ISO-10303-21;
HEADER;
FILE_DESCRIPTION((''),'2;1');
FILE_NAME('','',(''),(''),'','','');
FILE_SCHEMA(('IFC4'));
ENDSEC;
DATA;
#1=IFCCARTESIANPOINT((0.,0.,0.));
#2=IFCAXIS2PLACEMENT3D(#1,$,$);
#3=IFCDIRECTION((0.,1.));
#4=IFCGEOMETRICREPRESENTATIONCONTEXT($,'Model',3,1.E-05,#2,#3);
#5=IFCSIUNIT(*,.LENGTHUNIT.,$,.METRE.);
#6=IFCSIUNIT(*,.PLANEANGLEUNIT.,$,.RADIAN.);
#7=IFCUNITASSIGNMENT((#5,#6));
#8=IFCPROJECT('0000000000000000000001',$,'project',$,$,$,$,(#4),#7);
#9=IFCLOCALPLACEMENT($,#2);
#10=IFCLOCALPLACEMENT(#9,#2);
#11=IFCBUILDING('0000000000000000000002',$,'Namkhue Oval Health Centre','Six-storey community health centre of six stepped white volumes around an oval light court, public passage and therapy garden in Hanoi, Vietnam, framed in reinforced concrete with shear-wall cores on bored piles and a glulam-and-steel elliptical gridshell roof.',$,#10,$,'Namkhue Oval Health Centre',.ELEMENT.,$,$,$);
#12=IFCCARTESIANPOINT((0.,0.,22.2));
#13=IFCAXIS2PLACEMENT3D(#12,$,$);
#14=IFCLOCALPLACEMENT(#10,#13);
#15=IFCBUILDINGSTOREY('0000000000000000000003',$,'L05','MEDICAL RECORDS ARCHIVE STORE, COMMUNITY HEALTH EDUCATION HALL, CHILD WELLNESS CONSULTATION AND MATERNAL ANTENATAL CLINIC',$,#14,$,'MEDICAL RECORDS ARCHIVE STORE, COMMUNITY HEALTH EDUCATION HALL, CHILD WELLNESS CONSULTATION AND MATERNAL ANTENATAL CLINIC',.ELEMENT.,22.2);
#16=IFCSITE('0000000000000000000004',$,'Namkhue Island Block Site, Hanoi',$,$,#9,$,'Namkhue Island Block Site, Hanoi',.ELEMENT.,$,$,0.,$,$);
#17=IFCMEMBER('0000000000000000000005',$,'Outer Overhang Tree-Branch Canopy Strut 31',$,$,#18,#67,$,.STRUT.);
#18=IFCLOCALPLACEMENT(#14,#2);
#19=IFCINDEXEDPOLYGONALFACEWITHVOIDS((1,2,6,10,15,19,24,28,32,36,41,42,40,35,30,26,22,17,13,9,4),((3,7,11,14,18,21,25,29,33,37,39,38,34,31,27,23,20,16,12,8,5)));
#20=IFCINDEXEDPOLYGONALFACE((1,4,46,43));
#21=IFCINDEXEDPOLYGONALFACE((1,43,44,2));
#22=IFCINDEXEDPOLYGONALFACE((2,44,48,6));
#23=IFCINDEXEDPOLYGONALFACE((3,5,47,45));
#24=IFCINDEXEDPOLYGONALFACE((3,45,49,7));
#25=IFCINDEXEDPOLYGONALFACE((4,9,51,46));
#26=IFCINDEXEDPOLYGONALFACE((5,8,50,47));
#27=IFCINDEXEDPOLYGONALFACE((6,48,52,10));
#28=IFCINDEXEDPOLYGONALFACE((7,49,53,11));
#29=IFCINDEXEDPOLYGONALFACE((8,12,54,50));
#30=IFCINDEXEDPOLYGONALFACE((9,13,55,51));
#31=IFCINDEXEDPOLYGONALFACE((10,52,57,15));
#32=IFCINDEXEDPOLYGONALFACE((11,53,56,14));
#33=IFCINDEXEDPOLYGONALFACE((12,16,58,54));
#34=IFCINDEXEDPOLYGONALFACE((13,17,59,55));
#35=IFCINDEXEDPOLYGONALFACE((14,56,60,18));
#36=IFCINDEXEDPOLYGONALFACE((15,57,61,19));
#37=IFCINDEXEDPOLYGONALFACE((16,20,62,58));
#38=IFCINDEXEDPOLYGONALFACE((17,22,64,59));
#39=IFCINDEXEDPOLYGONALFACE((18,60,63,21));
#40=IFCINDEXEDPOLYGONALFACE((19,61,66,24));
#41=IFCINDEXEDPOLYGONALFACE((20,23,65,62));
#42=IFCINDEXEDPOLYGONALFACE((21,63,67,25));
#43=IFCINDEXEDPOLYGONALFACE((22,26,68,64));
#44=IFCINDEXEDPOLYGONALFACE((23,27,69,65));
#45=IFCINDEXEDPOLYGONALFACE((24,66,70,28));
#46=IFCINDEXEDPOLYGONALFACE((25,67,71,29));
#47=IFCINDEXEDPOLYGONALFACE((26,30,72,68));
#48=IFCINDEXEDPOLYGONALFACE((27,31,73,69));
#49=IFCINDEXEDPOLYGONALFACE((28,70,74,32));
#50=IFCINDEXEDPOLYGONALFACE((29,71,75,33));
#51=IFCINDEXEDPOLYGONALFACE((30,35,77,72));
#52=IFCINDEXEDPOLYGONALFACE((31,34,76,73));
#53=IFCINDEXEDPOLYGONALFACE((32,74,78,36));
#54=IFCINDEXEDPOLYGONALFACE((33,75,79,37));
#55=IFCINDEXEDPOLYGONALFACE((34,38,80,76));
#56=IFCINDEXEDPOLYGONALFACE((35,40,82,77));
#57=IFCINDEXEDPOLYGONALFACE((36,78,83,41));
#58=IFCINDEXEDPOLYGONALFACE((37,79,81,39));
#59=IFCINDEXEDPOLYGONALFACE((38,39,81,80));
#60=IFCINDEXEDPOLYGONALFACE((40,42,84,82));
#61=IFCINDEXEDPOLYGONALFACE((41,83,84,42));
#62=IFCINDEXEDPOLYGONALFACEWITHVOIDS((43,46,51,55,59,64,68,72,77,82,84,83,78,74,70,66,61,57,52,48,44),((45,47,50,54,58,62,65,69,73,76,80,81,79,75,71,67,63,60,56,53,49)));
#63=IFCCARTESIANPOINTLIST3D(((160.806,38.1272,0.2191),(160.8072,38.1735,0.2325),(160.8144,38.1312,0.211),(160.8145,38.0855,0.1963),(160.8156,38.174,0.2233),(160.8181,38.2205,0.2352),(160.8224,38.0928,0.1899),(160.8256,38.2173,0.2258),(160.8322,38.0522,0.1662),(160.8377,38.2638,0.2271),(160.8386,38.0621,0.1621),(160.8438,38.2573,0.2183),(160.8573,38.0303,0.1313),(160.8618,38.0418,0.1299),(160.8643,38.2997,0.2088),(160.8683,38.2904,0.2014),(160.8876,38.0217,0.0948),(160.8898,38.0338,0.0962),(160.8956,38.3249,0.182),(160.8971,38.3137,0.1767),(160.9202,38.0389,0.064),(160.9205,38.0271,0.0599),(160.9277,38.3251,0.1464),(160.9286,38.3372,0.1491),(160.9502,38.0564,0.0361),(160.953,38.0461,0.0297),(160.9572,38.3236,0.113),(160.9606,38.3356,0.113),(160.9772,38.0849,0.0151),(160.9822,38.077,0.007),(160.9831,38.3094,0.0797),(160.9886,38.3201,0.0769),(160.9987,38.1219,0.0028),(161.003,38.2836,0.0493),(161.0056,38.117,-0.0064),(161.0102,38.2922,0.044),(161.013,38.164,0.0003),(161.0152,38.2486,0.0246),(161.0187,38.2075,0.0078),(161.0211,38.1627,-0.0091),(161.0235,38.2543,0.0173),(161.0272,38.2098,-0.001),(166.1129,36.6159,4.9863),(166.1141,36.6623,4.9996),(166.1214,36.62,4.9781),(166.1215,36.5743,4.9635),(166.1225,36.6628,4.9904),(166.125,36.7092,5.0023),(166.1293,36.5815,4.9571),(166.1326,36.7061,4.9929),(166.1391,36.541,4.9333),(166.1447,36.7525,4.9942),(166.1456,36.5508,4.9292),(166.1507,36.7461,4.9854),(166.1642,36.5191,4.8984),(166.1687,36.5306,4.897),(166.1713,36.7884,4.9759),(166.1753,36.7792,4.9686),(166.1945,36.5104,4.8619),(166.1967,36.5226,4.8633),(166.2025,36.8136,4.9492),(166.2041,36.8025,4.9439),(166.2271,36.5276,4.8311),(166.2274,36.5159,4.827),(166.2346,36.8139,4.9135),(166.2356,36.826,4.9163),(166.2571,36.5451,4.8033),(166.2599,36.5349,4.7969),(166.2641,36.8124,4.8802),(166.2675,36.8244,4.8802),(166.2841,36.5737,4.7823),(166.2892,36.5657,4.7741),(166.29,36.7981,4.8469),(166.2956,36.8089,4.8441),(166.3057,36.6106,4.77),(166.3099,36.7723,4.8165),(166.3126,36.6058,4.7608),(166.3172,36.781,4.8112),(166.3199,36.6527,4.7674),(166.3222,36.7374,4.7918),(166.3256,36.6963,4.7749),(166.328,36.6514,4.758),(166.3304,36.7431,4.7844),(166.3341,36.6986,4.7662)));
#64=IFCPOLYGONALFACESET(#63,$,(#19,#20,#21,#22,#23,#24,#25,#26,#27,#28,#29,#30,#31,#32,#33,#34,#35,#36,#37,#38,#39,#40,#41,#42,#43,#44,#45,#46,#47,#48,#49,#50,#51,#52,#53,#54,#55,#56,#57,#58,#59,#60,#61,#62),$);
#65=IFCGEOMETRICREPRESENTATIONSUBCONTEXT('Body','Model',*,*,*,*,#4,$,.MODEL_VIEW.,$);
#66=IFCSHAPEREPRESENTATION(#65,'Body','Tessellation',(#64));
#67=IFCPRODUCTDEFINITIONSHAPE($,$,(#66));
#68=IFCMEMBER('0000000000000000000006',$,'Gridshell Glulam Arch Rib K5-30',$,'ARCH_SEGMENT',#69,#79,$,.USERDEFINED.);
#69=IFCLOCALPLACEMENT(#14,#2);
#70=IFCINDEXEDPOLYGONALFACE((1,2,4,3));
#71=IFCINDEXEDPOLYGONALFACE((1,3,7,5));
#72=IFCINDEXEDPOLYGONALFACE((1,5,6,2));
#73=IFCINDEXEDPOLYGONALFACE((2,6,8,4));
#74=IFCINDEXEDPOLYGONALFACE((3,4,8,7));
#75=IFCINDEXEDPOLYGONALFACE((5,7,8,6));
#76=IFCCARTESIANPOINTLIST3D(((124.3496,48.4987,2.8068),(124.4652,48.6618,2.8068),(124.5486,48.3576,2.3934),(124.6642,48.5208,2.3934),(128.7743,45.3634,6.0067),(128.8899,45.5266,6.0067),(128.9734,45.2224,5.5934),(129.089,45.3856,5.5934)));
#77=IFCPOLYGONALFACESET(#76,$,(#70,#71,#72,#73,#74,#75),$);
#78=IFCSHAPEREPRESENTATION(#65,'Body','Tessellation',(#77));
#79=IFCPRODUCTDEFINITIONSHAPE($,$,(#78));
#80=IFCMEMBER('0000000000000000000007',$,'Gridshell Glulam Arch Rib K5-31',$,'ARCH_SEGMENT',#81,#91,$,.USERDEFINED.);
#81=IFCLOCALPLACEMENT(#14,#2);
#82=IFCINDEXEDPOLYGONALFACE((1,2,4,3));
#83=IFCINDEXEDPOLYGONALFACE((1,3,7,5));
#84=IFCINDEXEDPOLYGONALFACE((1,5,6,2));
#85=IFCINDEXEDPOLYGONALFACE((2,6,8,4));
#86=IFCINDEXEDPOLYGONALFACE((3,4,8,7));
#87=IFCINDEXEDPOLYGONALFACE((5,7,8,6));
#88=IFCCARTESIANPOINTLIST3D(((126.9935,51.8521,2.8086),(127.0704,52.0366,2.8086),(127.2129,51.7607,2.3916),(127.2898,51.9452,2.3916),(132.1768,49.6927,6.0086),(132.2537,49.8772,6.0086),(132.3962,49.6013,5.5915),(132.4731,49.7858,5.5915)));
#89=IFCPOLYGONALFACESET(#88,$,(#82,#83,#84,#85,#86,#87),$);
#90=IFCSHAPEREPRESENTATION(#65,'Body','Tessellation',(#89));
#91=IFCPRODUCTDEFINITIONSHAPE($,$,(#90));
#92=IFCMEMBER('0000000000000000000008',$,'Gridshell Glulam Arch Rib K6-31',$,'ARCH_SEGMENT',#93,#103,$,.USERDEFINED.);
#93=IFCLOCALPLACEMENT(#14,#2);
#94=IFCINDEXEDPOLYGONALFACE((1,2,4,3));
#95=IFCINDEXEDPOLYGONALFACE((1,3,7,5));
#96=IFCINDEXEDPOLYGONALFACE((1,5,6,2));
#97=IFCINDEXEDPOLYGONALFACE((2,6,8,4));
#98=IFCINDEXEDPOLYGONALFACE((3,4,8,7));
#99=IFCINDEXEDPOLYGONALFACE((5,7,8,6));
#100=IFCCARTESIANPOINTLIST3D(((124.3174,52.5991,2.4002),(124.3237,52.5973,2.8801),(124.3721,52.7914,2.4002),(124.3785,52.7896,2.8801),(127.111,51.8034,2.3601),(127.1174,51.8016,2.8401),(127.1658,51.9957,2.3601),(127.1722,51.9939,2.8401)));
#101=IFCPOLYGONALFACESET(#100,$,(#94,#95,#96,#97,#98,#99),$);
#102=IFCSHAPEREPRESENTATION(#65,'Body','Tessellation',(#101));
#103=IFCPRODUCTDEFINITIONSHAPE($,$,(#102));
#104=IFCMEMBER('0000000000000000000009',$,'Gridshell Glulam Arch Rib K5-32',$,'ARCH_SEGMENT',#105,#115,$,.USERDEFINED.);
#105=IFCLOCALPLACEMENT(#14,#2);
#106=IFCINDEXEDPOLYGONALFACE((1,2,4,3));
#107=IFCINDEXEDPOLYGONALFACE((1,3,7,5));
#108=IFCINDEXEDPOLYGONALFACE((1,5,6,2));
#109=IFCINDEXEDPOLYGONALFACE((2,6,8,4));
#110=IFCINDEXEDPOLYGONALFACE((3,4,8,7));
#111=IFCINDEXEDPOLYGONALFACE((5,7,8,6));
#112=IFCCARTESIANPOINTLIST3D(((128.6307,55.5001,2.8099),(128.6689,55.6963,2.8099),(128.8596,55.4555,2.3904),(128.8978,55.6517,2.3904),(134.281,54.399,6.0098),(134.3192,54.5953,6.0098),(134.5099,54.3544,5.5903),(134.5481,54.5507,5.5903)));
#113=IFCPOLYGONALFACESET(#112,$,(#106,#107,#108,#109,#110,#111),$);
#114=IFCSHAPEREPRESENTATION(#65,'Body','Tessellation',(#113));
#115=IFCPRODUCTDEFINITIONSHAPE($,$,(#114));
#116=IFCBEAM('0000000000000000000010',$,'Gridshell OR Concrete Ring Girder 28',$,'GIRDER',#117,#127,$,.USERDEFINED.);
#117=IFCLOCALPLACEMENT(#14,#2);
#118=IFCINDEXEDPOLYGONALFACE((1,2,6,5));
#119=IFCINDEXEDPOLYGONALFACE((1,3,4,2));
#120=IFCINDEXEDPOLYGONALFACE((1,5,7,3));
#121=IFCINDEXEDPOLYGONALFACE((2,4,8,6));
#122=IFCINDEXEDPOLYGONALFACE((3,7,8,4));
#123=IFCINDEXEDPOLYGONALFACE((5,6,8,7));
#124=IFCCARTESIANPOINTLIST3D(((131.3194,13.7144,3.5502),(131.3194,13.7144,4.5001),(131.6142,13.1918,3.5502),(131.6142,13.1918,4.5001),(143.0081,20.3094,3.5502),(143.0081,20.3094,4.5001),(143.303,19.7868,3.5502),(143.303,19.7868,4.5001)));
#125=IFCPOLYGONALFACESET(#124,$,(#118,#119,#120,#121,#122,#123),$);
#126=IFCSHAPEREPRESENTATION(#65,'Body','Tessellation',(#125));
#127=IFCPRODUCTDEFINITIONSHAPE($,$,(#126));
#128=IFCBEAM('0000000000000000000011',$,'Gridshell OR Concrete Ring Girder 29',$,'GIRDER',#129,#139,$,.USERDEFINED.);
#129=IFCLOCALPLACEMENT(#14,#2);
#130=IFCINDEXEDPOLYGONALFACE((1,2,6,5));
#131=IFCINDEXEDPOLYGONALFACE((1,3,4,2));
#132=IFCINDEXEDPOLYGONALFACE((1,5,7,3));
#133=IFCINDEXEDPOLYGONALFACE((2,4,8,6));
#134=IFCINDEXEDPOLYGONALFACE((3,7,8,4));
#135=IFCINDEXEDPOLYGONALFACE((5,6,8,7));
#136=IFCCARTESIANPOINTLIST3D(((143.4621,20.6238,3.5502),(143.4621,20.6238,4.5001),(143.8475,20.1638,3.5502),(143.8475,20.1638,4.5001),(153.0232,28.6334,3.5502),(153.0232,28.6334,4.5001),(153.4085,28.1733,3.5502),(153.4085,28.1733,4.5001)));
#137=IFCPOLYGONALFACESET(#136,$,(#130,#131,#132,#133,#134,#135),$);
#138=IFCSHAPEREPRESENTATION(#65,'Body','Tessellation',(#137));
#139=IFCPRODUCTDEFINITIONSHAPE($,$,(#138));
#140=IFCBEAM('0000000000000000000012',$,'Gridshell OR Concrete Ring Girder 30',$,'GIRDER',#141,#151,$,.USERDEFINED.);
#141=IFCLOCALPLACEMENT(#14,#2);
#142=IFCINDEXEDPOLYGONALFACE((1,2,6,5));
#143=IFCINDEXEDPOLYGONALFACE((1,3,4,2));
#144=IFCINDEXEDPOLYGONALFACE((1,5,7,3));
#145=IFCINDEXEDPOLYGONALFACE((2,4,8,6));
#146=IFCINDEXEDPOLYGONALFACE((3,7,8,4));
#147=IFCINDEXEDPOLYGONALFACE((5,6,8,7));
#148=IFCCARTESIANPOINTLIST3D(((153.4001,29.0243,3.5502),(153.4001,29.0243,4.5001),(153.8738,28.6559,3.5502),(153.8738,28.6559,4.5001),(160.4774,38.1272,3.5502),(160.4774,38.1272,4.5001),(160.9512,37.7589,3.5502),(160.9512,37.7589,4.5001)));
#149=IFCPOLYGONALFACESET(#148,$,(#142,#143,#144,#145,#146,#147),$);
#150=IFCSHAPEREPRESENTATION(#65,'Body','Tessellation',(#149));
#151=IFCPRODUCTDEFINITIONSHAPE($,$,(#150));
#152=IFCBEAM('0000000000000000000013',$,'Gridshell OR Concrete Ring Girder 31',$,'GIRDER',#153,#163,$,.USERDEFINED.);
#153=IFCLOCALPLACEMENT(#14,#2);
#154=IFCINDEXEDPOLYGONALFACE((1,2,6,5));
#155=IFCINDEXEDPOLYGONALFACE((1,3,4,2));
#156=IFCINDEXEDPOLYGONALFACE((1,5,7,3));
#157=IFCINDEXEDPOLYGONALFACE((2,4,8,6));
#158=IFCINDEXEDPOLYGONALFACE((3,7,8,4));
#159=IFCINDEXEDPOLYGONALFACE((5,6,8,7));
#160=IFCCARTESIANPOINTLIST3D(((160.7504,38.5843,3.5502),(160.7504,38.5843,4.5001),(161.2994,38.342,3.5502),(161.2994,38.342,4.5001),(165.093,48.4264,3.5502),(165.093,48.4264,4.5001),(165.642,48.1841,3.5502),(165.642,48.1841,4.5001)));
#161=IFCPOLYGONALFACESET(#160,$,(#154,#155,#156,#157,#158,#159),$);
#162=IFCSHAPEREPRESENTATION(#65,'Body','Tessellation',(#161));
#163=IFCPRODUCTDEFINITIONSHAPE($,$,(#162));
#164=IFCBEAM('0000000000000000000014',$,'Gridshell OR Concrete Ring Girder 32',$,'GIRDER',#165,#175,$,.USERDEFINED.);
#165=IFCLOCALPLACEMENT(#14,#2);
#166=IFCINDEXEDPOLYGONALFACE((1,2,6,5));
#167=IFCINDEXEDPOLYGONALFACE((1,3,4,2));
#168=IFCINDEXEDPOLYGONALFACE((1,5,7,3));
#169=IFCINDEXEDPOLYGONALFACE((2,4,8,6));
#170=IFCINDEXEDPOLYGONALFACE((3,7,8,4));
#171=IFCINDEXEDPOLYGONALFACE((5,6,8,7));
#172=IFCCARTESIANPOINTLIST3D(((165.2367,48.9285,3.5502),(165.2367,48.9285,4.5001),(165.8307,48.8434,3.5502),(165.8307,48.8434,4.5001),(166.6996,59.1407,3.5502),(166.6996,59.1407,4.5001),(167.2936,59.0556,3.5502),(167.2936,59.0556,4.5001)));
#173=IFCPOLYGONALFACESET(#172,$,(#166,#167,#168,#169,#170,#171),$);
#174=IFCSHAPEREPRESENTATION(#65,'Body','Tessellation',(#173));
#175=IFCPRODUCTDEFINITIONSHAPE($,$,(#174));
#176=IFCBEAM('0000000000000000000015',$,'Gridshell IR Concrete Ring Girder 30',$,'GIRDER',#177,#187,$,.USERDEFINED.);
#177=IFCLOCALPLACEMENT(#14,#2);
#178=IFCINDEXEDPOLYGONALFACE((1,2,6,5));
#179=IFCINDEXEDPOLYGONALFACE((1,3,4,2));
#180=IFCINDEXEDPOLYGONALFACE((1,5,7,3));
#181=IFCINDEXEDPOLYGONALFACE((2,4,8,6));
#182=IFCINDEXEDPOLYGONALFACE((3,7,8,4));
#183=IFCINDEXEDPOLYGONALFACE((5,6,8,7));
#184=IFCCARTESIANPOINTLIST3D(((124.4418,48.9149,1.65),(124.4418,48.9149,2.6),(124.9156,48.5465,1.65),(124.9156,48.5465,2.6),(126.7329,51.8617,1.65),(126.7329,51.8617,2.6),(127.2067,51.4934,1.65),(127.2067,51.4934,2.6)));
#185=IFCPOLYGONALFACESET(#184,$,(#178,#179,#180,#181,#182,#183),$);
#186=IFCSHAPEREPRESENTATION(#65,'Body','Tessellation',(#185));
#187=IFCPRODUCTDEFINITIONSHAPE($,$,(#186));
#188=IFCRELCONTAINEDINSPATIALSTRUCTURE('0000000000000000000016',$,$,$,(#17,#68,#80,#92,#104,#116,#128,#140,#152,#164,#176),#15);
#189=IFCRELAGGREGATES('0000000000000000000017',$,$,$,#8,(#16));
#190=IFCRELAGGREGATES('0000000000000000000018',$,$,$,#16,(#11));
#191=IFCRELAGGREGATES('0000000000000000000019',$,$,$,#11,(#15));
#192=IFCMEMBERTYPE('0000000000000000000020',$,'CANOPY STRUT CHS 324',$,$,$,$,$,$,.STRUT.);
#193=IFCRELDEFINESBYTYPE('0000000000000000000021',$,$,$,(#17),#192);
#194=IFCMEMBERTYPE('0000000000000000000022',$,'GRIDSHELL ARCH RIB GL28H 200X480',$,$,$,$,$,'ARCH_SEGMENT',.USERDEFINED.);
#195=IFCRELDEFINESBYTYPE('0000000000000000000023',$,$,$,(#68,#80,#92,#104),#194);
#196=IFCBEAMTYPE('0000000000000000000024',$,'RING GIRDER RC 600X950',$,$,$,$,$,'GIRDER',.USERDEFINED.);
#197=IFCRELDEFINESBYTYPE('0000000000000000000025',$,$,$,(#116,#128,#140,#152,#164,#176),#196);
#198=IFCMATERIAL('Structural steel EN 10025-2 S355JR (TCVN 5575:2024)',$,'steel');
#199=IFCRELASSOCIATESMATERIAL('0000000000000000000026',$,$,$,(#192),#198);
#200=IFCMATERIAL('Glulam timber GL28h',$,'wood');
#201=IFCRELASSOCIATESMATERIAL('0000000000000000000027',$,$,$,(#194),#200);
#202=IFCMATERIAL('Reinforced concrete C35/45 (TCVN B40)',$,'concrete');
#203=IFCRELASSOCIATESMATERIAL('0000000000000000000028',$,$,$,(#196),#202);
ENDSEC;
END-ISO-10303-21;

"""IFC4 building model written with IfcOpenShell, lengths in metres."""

from ifc_helpers import new_model, si_unit, direction, frame, origin, origin_2d, place, context, subcontext, project, spatial, rectangle, hollow_circle, extrude, material, material_profile, profile_set, type_object, element, save


model = new_model("IFC4")

# Units and contexts
model_context = context("Model", 3, precision=1e-05, world=origin(), true_north=direction((0.0, 1.0)))
body_context = subcontext(model_context, "Body", "Model", "MODEL_VIEW")
ifc_project = project(units=[si_unit("LENGTHUNIT", "METRE"), si_unit("PLANEANGLEUNIT", "RADIAN")], contexts=[model_context])

# Site, building, storey
site_placement = place(None, origin())
site = spatial("IfcSite", under=ifc_project, at=site_placement, Name="Namkhue Island Block Site, Hanoi", LongName="Namkhue Island Block Site, Hanoi", CompositionType="ELEMENT", RefElevation=0.0)
building_placement = place(site_placement, origin())
building = spatial("IfcBuilding", under=site, at=building_placement, Name="Namkhue Oval Health Centre", Description="Six-storey community health centre of six stepped white volumes around an oval light court, public passage and therapy garden in Hanoi, Vietnam, framed in reinforced concrete with shear-wall cores on bored piles and a glulam-and-steel elliptical gridshell roof.", LongName="Namkhue Oval Health Centre", CompositionType="ELEMENT")
storey_placement = place(building_placement, frame((0.0, 0.0, 22.2)))
storey = spatial("IfcBuildingStorey", under=building, at=storey_placement, Name="L05", Description="MEDICAL RECORDS ARCHIVE STORE, COMMUNITY HEALTH EDUCATION HALL, CHILD WELLNESS CONSULTATION AND MATERNAL ANTENATAL CLINIC", LongName="MEDICAL RECORDS ARCHIVE STORE, COMMUNITY HEALTH EDUCATION HALL, CHILD WELLNESS CONSULTATION AND MATERNAL ANTENATAL CLINIC", CompositionType="ELEMENT", Elevation=22.2)

# Shared definitions
ifc_material_1 = material(Name="Reinforced concrete C35/45 (TCVN B40)", Category="concrete")

# Members
ifc_material_2 = material(Name="Structural steel EN 10025-2 S355JR (TCVN 5575:2024)", Category="steel")
ifc_material_profile_1 = material_profile(ifc_material_2, hollow_circle(Radius=0.1619, WallThickness=0.0125, at=origin_2d()), Name="CHS 323.9x12.5")
ifc_profile_set_1 = profile_set([ifc_material_profile_1], Name="Structural steel EN 10025-2 S355JR (TCVN 5575:2024)")
member_type_1 = type_object("IfcMemberType", Name="CANOPY STRUT CHS 324", PredefinedType="STRUT", material=ifc_profile_set_1)
member_1_placement = place(storey_placement, frame((160.9163, 38.1799, 0.113), z_axis=(0.727777, -0.207247, 0.65375), x_axis=(0.27388, 0.961764, 0.0)))
element("IfcMember", 1, at=member_1_placement, inside=storey, type_object=member_type_1, Name="Outer Overhang Tree-Branch Canopy Strut 31", PredefinedType="STRUT", context=body_context, shape_type="SweptSolid", body=[
    extrude(hollow_circle(Radius=0.1619, WallThickness=0.0125, at=origin_2d()), origin(), (0.0, 0.0, 1.0), 7.292),
])
ifc_material_3 = material(Name="Glulam timber GL28h", Category="wood")
ifc_material_profile_2 = material_profile(ifc_material_3, rectangle(XDim=0.2, YDim=0.48, at=origin_2d()), Name="GL28h 200x480")
ifc_profile_set_2 = profile_set([ifc_material_profile_2], Name="Glulam timber GL28h")
member_type_2 = type_object("IfcMemberType", Name="GRIDSHELL ARCH RIB GL28H 200X480", ElementType="ARCH_SEGMENT", PredefinedType="USERDEFINED", material=ifc_profile_set_2)
member_2_placement = place(storey_placement, frame((128.9316, 45.3745, 5.8), z_axis=(-0.702718, 0.49792, -0.508195), x_axis=(-0.578142, -0.815936, 0.0)))
element("IfcMember", 2, at=member_2_placement, inside=storey, type_object=member_type_2, Name="Gridshell Glulam Arch Rib K5-30", ObjectType="ARCH_SEGMENT", PredefinedType="USERDEFINED", context=body_context, shape_type="SweptSolid", body=[
    extrude(rectangle(XDim=0.2, YDim=0.48, at=origin_2d()), origin(), (0.0, 0.0, 1.0), 6.2966),
])
member_3_placement = place(storey_placement, frame((132.325, 49.7393, 5.8), z_axis=(-0.802008, 0.334123, -0.495121), x_axis=(-0.384569, -0.923096, 0.0)))
element("IfcMember", 3, at=member_3_placement, inside=storey, type_object=member_type_2, Name="Gridshell Glulam Arch Rib K5-31", ObjectType="ARCH_SEGMENT", PredefinedType="USERDEFINED", context=body_context, shape_type="SweptSolid", body=[
    extrude(rectangle(XDim=0.2, YDim=0.48, at=origin_2d()), origin(), (0.0, 0.0, 1.0), 6.4629),
])
member_4_placement = place(storey_placement, frame((127.1416, 51.8987, 2.6001), z_axis=(-0.961664, 0.273885, 0.013782), x_axis=(-0.273911, -0.961755, 0.0)))
element("IfcMember", 4, at=member_4_placement, inside=storey, type_object=member_type_2, Name="Gridshell Glulam Arch Rib K6-31", ObjectType="ARCH_SEGMENT", PredefinedType="USERDEFINED", context=body_context, shape_type="SweptSolid", body=[
    extrude(rectangle(XDim=0.2, YDim=0.48, at=origin_2d()), origin(), (0.0, 0.0, 1.0), 2.905),
])
member_5_placement = place(storey_placement, frame((134.4146, 54.4749, 5.8), z_axis=(-0.857904, 0.167177, -0.485852), x_axis=(-0.191269, -0.981538, 0.0)))
element("IfcMember", 5, at=member_5_placement, inside=storey, type_object=member_type_2, Name="Gridshell Glulam Arch Rib K5-32", ObjectType="ARCH_SEGMENT", PredefinedType="USERDEFINED", context=body_context, shape_type="SweptSolid", body=[
    extrude(rectangle(XDim=0.2, YDim=0.48, at=origin_2d()), origin(), (0.0, 0.0, 1.0), 6.5862),
])

# Beams
ifc_material_profile_3 = material_profile(ifc_material_1, rectangle(XDim=0.6001, YDim=0.95, at=origin_2d()), Name="RC 600x950")
ifc_profile_set_3 = profile_set([ifc_material_profile_3], Name="Reinforced concrete C35/45 (TCVN B40)")
beam_type = type_object("IfcBeamType", Name="RING GIRDER RC 600X950", ElementType="GIRDER", PredefinedType="USERDEFINED", material=ifc_profile_set_3)
beam_1_placement = place(storey_placement, frame((131.4668, 13.4531, 4.0251), z_axis=(0.870936, 0.491397, 0.0), x_axis=(-0.491397, 0.870936, 0.0)))
element("IfcBeam", 6, at=beam_1_placement, inside=storey, type_object=beam_type, Name="Gridshell OR Concrete Ring Girder 28", ObjectType="GIRDER", PredefinedType="USERDEFINED", context=body_context, shape_type="SweptSolid", body=[
    extrude(rectangle(XDim=0.6001, YDim=0.95, at=origin_2d()), origin(), (0.0, 0.0, 1.0), 13.4209),
])
beam_2_placement = place(storey_placement, frame((143.6548, 20.3938, 4.0251), z_axis=(0.766563, 0.642169, 0.0), x_axis=(-0.642169, 0.766563, 0.0)))
element("IfcBeam", 7, at=beam_2_placement, inside=storey, type_object=beam_type, Name="Gridshell OR Concrete Ring Girder 29", ObjectType="GIRDER", PredefinedType="USERDEFINED", context=body_context, shape_type="SweptSolid", body=[
    extrude(rectangle(XDim=0.6001, YDim=0.95, at=origin_2d()), origin(), (0.0, 0.0, 1.0), 12.4727),
])
beam_3_placement = place(storey_placement, frame((153.637, 28.8401, 4.0251), z_axis=(0.613793, 0.789467, 0.0), x_axis=(-0.789467, 0.613793, 0.0)))
element("IfcBeam", 8, at=beam_3_placement, inside=storey, type_object=beam_type, Name="Gridshell OR Concrete Ring Girder 30", ObjectType="GIRDER", PredefinedType="USERDEFINED", context=body_context, shape_type="SweptSolid", body=[
    extrude(rectangle(XDim=0.6001, YDim=0.95, at=origin_2d()), origin(), (0.0, 0.0, 1.0), 11.5305),
])
beam_4_placement = place(storey_placement, frame((161.0249, 38.4631, 4.0251), z_axis=(0.403675, 0.914902, 0.0), x_axis=(-0.914902, 0.403675, 0.0)))
element("IfcBeam", 9, at=beam_4_placement, inside=storey, type_object=beam_type, Name="Gridshell OR Concrete Ring Girder 31", ObjectType="GIRDER", PredefinedType="USERDEFINED", context=body_context, shape_type="SweptSolid", body=[
    extrude(rectangle(XDim=0.6001, YDim=0.95, at=origin_2d()), origin(), (0.0, 0.0, 1.0), 10.7576),
])
beam_5_placement = place(storey_placement, frame((165.5337, 48.886, 4.0251), z_axis=(0.141802, 0.989895, 0.0), x_axis=(-0.989895, 0.141802, 0.0)))
element("IfcBeam", 10, at=beam_5_placement, inside=storey, type_object=beam_type, Name="Gridshell OR Concrete Ring Girder 32", ObjectType="GIRDER", PredefinedType="USERDEFINED", context=body_context, shape_type="SweptSolid", body=[
    extrude(rectangle(XDim=0.6001, YDim=0.95, at=origin_2d()), origin(), (0.0, 0.0, 1.0), 10.3164),
])
beam_6_placement = place(storey_placement, frame((124.6787, 48.7307, 2.125), z_axis=(0.613787, 0.789472, 0.0), x_axis=(-0.789472, 0.613787, 0.0)))
element("IfcBeam", 11, at=beam_6_placement, inside=storey, type_object=beam_type, Name="Gridshell IR Concrete Ring Girder 30", ObjectType="GIRDER", PredefinedType="USERDEFINED", context=body_context, shape_type="SweptSolid", body=[
    extrude(rectangle(XDim=0.6001, YDim=0.95, at=origin_2d()), origin(), (0.0, 0.0, 1.0), 3.7327),
])

save(model, "model.ifc")
